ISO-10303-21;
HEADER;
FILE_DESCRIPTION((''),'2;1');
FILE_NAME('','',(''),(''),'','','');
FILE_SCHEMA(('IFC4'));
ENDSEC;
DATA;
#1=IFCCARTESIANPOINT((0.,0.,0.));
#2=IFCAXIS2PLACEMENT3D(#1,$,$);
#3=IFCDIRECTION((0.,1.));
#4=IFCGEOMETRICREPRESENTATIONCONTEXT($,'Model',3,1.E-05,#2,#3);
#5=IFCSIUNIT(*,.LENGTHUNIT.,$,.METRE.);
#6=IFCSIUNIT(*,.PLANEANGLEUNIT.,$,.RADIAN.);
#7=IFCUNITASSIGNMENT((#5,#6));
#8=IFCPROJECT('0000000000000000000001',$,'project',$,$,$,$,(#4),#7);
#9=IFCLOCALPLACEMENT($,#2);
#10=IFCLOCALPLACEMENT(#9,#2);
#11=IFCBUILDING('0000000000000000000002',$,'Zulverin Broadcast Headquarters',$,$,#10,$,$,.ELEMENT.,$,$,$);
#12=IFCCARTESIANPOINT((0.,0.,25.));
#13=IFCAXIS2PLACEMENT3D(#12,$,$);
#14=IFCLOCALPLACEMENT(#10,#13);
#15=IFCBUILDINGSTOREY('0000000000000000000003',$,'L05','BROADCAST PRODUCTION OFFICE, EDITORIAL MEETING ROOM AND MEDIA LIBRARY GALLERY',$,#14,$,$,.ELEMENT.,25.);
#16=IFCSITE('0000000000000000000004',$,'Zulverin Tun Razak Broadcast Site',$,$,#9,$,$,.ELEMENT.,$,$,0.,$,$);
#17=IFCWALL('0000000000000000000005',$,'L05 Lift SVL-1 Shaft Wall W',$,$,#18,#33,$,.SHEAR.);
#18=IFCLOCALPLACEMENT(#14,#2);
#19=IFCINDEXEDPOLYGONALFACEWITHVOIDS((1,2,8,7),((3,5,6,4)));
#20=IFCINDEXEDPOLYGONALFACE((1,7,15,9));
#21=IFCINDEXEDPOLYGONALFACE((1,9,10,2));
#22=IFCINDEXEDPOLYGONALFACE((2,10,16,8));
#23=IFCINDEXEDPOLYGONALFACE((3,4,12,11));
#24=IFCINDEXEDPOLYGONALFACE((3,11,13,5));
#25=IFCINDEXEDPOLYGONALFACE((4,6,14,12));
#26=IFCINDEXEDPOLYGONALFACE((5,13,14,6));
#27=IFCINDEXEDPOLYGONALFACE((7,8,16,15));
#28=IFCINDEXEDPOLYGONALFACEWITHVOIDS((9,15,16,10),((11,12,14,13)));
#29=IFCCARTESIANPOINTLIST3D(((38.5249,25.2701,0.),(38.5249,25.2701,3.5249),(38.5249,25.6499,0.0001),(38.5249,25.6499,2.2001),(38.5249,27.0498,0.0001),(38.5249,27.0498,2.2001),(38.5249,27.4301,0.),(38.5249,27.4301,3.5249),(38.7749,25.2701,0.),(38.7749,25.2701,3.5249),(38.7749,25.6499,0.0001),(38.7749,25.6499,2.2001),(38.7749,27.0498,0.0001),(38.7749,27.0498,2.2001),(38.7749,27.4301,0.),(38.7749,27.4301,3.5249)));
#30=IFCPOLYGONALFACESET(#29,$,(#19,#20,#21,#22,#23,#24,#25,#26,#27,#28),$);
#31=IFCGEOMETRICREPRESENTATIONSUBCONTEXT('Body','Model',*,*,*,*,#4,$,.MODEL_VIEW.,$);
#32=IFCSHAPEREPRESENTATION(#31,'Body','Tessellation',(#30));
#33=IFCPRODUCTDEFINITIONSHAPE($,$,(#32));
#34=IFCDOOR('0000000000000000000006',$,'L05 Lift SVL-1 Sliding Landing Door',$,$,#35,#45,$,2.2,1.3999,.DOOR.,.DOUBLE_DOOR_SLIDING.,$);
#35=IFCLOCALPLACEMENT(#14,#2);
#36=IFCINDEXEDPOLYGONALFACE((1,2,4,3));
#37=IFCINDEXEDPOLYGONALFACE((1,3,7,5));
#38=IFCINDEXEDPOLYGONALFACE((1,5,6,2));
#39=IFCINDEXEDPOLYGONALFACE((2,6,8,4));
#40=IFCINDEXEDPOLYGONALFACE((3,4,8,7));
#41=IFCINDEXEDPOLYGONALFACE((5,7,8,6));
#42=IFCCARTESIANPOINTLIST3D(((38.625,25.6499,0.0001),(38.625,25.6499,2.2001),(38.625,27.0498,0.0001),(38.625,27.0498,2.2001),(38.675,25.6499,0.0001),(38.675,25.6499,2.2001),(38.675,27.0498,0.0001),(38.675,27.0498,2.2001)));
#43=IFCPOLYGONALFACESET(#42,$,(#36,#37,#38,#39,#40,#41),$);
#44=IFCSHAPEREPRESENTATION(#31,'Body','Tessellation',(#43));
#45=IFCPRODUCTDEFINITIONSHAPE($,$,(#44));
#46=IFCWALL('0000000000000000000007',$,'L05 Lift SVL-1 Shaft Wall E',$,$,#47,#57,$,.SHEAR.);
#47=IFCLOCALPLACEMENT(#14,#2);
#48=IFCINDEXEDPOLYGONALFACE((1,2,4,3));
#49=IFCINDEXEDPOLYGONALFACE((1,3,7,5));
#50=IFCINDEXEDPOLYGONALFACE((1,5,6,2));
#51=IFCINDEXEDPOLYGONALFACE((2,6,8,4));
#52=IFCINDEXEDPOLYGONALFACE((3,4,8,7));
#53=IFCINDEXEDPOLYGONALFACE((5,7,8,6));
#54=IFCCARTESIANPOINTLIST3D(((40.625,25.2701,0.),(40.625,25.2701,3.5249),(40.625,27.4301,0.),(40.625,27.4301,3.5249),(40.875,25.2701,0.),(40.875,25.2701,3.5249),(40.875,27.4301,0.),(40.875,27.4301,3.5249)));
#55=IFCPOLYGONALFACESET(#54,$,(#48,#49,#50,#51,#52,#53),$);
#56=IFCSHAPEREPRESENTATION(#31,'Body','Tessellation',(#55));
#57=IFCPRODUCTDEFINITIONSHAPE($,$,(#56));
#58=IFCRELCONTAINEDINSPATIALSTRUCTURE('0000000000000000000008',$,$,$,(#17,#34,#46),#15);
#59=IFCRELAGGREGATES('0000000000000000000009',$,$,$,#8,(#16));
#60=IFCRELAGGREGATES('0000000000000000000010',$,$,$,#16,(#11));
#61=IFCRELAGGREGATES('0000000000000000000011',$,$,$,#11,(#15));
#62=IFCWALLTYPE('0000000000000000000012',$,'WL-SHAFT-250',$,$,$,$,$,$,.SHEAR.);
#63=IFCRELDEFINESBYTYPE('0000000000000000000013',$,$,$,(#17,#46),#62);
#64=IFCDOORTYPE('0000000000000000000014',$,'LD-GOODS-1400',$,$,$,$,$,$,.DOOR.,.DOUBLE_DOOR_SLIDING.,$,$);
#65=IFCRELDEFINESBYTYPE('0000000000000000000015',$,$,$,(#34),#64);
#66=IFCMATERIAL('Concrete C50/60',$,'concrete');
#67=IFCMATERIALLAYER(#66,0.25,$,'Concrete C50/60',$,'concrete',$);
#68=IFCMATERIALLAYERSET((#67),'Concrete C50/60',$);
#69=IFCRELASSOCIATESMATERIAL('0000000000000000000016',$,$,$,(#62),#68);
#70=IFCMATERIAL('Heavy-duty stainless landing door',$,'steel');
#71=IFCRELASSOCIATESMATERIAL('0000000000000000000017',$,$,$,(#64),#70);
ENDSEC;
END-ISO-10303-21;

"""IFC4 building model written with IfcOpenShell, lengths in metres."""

from ifc_helpers import new_model, si_unit, direction, frame, frame_2d, origin, place, context, subcontext, project, spatial, rectangle, extrude, material, layer, layer_set, type_object, element, fill, save


model = new_model("IFC4")

# Units and contexts
model_context = context("Model", 3, precision=1e-05, world=origin(), true_north=direction((0.0, 1.0)))
body_context = subcontext(model_context, "Body", "Model", "MODEL_VIEW")
ifc_project = project(units=[si_unit("LENGTHUNIT", "METRE"), si_unit("PLANEANGLEUNIT", "RADIAN")], contexts=[model_context])

# Site, building, storey
site_placement = place(None, origin())
site = spatial("IfcSite", under=ifc_project, at=site_placement, Name="Zulverin Tun Razak Broadcast Site", CompositionType="ELEMENT", RefElevation=0.0)
building_placement = place(site_placement, origin())
building = spatial("IfcBuilding", under=site, at=building_placement, Name="Zulverin Broadcast Headquarters", CompositionType="ELEMENT")
storey_placement = place(building_placement, frame((0.0, 0.0, 25.0)))
storey = spatial("IfcBuildingStorey", under=building, at=storey_placement, Name="L05", Description="BROADCAST PRODUCTION OFFICE, EDITORIAL MEETING ROOM AND MEDIA LIBRARY GALLERY", CompositionType="ELEMENT", Elevation=25.0)

# Shared definitions
ifc_material_1 = material(Name="Concrete C50/60", Category="concrete")
ifc_layer_1 = layer(ifc_material_1, 0.25, Name="Concrete C50/60", Category="concrete")
ifc_layer_set_1 = layer_set([ifc_layer_1], Name="Concrete C50/60")
wall_type_1 = type_object("IfcWallType", Name="WL-SHAFT-250", PredefinedType="SHEAR", material=ifc_layer_set_1)

# Wall, opening, door
wall_1_placement = place(storey_placement, frame((38.6499, 25.27, 0.0), z_axis=(0.0, 0.0, 1.0), x_axis=(0.0, 1.0, 0.0)))
wall_1 = element("IfcWall", 1, at=wall_1_placement, inside=storey, type_object=wall_type_1, Name="L05 Lift SVL-1 Shaft Wall W", PredefinedType="SHEAR", context=body_context, shape_type="SweptSolid", body=[
    extrude(rectangle(XDim=2.1599, YDim=0.25, at=frame_2d((1.0801, 0.0))), origin(), (0.0, 0.0, 1.0), 3.5249),
])
opening_1_placement = place(wall_1_placement, frame((0.3799, 0.0, 0.0)))
opening_1 = element("IfcOpeningElement", 2, at=opening_1_placement, cuts=wall_1, PredefinedType="OPENING", context=body_context, shape_type="SweptSolid", body=[
    extrude(rectangle(XDim=1.3999, YDim=2.2, at=frame_2d((0.7, 1.1001))), frame((0.0, 0.135, 0.0), z_axis=(0.0, -1.0, 0.0), x_axis=(1.0, 0.0, 0.0)), (0.0, 0.0, 1.0), 0.27),
])
ifc_material_2 = material(Name="Heavy-duty stainless landing door", Category="steel")
door_type_1 = type_object("IfcDoorType", Name="LD-GOODS-1400", OperationType="DOUBLE_DOOR_SLIDING", PredefinedType="DOOR", material=ifc_material_2)
door_1_placement = place(opening_1_placement, origin())
door_1 = element("IfcDoor", 3, at=door_1_placement, inside=storey, type_object=door_type_1, Name="L05 Lift SVL-1 Sliding Landing Door", OperationType="DOUBLE_DOOR_SLIDING", OverallHeight=2.2, OverallWidth=1.3999, PredefinedType="DOOR", context=body_context, shape_type="SweptSolid", body=[
    extrude(rectangle(XDim=1.3999, YDim=2.2, at=frame_2d((0.7, 1.1001))), frame((0.0, 0.0249, 0.0), z_axis=(0.0, -1.0, 0.0), x_axis=(1.0, 0.0, 0.0)), (0.0, 0.0, 1.0), 0.05),
])
fill(opening_1, door_1)

# Wall
wall_2_placement = place(storey_placement, frame((40.75, 25.27, 0.0), z_axis=(0.0, 0.0, 1.0), x_axis=(0.0, 1.0, 0.0)))
element("IfcWall", 4, at=wall_2_placement, inside=storey, type_object=wall_type_1, Name="L05 Lift SVL-1 Shaft Wall E", PredefinedType="SHEAR", context=body_context, shape_type="SweptSolid", body=[
    extrude(rectangle(XDim=2.1599, YDim=0.25, at=frame_2d((1.0801, 0.0))), origin(), (0.0, 0.0, 1.0), 3.5249),
])

save(model, "model.ifc")
